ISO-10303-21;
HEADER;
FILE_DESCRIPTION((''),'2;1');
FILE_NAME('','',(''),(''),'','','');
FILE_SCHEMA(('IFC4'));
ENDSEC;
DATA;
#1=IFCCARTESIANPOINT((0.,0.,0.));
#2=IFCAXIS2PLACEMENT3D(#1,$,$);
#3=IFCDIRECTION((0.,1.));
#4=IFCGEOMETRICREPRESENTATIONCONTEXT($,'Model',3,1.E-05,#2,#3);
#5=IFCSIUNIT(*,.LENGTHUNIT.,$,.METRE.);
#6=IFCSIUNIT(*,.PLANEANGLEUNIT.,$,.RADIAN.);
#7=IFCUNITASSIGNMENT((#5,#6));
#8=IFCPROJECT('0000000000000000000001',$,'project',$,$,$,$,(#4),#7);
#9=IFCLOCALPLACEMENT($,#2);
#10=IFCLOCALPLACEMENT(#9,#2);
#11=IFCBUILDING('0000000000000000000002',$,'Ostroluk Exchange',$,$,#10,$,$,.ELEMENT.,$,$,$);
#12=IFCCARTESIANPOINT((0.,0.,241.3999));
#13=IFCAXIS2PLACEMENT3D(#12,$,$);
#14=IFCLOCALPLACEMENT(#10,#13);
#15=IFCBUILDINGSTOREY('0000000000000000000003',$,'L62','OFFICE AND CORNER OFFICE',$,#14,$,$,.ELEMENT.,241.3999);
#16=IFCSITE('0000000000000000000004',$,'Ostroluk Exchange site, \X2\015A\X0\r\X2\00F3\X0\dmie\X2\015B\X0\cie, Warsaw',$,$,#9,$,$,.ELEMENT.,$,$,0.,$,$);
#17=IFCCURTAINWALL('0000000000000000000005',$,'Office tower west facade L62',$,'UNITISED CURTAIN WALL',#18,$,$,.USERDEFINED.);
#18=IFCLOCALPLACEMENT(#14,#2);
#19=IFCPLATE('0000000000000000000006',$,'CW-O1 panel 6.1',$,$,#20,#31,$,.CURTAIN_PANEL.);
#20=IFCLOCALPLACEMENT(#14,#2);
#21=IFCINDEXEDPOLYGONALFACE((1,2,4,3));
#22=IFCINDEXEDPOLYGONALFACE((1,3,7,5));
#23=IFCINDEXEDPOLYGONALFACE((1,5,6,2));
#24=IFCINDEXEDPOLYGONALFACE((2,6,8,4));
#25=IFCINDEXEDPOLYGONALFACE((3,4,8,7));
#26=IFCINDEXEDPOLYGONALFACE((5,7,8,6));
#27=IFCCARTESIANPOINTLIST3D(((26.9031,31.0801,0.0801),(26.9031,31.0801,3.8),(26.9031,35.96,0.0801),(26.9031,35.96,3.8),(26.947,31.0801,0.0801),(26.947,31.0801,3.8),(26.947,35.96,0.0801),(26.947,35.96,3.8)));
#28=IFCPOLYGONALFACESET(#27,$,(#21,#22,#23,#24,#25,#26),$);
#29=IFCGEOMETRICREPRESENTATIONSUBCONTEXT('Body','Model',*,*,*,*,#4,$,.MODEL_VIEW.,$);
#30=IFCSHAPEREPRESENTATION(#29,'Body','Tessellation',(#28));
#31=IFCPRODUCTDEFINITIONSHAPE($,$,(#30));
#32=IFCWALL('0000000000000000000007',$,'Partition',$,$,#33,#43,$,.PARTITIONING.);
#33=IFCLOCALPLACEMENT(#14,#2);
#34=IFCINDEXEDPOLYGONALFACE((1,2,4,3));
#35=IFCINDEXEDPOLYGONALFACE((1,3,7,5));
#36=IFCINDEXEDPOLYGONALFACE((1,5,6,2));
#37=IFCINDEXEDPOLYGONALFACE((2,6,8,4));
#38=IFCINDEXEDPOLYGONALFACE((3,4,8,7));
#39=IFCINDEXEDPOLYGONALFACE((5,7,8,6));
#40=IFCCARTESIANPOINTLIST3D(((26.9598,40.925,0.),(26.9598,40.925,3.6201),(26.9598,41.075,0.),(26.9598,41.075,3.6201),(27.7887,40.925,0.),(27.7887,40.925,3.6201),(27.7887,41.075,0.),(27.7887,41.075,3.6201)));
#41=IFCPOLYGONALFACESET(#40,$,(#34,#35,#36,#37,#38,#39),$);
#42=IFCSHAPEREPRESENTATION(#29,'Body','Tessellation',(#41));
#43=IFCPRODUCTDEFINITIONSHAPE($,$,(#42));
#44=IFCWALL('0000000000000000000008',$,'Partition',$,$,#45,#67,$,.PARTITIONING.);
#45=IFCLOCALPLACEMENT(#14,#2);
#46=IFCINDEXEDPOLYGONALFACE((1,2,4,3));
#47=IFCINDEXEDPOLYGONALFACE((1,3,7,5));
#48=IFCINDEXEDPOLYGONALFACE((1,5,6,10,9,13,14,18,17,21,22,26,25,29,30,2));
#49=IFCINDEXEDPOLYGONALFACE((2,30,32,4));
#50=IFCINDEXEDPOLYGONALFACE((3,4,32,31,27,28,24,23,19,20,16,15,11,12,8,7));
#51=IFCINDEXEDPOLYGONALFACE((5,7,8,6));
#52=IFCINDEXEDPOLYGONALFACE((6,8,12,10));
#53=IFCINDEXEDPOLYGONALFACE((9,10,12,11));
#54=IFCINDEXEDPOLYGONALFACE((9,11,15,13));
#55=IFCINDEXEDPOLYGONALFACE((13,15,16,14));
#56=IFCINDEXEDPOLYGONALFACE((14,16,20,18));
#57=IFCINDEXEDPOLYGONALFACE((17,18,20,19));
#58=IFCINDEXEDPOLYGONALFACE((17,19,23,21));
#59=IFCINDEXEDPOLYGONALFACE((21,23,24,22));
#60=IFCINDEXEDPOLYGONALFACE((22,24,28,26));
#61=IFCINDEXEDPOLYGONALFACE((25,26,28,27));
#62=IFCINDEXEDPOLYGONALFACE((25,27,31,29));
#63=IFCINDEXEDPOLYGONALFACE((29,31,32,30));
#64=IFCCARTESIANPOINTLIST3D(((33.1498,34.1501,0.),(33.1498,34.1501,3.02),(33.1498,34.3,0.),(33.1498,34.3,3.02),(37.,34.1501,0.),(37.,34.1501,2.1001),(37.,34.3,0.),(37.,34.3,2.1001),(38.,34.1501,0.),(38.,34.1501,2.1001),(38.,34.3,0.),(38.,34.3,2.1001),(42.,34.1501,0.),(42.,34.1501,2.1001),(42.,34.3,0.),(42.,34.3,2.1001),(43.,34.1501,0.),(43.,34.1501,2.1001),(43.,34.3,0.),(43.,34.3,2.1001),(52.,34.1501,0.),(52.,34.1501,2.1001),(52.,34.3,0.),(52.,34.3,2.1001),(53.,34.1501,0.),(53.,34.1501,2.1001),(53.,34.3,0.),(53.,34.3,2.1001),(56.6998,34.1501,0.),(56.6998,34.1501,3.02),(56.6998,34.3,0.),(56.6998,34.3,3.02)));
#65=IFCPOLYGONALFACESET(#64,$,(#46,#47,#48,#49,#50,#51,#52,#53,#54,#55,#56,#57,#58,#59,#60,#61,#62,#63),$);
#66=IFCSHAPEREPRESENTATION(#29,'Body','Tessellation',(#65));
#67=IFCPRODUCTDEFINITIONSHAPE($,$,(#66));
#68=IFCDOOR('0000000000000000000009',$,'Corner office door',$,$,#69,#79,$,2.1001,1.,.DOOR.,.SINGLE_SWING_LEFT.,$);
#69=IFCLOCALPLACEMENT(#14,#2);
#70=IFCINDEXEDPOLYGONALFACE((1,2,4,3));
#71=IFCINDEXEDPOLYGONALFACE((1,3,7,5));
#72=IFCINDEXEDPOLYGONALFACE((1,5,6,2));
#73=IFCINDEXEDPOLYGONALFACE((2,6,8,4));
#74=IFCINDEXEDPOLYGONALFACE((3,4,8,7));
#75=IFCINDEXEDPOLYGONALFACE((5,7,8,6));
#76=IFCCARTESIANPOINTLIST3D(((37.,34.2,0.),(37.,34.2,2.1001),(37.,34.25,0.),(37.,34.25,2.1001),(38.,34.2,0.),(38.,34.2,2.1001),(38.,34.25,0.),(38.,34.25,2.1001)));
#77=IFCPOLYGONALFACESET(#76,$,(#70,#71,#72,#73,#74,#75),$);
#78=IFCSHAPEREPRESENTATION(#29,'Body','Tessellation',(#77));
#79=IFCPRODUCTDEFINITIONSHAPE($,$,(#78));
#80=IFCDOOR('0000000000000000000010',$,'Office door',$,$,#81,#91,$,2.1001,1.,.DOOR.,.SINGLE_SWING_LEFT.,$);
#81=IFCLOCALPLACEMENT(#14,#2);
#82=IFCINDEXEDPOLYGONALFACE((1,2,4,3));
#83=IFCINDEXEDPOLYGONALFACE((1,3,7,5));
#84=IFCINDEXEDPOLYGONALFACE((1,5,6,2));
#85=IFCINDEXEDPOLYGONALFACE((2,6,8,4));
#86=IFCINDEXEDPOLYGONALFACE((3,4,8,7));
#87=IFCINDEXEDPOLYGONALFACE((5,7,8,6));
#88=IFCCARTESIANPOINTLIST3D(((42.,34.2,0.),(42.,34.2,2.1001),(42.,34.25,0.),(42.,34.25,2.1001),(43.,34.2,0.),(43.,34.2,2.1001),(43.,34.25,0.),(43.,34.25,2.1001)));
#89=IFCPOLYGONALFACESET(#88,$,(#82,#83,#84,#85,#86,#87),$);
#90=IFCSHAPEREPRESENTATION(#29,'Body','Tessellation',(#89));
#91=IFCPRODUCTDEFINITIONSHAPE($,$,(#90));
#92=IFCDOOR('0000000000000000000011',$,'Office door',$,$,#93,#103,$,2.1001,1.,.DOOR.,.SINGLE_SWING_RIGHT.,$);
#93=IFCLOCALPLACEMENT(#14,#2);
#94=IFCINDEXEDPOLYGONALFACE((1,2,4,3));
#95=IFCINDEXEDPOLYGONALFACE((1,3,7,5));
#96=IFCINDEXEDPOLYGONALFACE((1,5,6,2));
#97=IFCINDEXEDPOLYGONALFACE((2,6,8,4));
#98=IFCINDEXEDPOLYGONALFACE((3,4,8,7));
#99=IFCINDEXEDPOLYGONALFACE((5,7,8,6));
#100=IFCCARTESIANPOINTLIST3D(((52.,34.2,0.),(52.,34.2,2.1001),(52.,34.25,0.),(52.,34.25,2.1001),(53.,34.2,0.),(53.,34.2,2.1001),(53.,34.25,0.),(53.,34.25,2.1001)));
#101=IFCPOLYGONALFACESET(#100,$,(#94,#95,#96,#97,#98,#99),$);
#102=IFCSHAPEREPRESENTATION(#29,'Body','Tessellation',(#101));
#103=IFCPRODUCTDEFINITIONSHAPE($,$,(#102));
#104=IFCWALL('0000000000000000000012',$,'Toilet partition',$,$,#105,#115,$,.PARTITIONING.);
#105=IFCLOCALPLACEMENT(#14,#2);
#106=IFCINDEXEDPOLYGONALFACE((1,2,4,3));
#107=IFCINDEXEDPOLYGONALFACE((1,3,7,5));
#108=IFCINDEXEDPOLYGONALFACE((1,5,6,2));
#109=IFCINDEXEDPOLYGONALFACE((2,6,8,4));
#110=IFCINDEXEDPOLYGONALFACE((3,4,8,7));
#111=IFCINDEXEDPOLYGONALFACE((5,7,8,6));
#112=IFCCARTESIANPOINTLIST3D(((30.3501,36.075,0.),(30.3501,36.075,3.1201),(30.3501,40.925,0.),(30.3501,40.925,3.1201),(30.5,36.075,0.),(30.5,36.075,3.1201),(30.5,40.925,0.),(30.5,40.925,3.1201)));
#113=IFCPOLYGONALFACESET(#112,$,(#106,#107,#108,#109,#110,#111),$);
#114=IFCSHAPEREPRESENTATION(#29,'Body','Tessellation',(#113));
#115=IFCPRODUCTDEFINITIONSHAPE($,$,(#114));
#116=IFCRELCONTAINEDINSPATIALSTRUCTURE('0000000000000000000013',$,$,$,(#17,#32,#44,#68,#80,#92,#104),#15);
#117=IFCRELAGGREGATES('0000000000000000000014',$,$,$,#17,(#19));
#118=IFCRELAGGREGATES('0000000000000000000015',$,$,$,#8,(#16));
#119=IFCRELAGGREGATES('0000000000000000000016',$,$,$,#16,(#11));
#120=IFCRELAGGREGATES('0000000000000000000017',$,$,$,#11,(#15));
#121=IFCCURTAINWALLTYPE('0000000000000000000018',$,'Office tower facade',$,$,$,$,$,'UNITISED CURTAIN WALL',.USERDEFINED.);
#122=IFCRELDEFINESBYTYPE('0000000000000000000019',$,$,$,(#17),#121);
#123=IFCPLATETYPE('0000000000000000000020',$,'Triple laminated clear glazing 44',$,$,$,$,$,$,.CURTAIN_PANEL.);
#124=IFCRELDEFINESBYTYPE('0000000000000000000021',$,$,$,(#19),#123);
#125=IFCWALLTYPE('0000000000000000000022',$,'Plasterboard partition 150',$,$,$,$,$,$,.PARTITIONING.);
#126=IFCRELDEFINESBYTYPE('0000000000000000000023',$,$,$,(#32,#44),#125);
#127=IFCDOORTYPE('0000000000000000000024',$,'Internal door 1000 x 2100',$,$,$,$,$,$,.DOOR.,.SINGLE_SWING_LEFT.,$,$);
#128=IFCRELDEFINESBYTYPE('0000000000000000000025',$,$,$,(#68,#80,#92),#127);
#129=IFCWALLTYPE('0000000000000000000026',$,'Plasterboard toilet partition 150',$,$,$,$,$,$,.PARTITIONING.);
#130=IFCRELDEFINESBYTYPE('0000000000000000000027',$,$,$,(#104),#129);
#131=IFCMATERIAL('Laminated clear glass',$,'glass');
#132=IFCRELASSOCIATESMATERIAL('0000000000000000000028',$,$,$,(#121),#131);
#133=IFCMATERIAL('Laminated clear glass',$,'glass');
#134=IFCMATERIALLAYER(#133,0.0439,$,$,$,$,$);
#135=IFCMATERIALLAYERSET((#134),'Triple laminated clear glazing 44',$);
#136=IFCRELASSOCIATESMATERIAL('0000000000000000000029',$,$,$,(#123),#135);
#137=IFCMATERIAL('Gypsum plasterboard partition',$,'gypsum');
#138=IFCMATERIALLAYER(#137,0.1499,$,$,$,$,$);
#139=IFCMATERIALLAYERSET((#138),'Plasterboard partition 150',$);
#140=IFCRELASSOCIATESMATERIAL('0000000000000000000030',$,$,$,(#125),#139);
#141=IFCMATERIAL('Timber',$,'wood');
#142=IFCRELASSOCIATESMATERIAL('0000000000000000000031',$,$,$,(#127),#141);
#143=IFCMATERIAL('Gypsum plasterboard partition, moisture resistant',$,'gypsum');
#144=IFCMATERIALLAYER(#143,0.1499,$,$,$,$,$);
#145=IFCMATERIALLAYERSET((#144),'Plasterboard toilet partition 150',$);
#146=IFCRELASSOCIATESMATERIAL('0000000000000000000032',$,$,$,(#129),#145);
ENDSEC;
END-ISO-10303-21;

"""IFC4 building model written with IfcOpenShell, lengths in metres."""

from ifc_helpers import new_model, si_unit, direction, frame, frame_2d, origin, origin_2d, place, context, subcontext, project, spatial, rectangle, extrude, material, layer, layer_set, type_object, element, fill, aggregate, save


model = new_model("IFC4")

# Units and contexts
model_context = context("Model", 3, precision=1e-05, world=origin(), true_north=direction((0.0, 1.0)))
body_context = subcontext(model_context, "Body", "Model", "MODEL_VIEW")
ifc_project = project(units=[si_unit("LENGTHUNIT", "METRE"), si_unit("PLANEANGLEUNIT", "RADIAN")], contexts=[model_context])

# Site, building, storey
site_placement = place(None, origin())
site = spatial("IfcSite", under=ifc_project, at=site_placement, Name="Ostroluk Exchange site, Śródmieście, Warsaw", CompositionType="ELEMENT", RefElevation=0.0)
building_placement = place(site_placement, origin())
building = spatial("IfcBuilding", under=site, at=building_placement, Name="Ostroluk Exchange", CompositionType="ELEMENT")
storey_placement = place(building_placement, frame((0.0, 0.0, 241.3999)))
storey = spatial("IfcBuildingStorey", under=building, at=storey_placement, Name="L62", Description="OFFICE AND CORNER OFFICE", CompositionType="ELEMENT", Elevation=241.3999)

# Curtain wall, plate
ifc_material_1 = material(Name="Laminated clear glass", Category="glass")
curtain_wall_type = type_object("IfcCurtainWallType", Name="Office tower facade", ElementType="UNITISED CURTAIN WALL", PredefinedType="USERDEFINED", material=ifc_material_1)
curtain_wall_placement = place(storey_placement, origin())
curtain_wall = element("IfcCurtainWall", 1, at=curtain_wall_placement, inside=storey, type_object=curtain_wall_type, Name="Office tower west facade L62", ObjectType="UNITISED CURTAIN WALL", PredefinedType="USERDEFINED")
ifc_material_2 = material(Name="Laminated clear glass", Category="glass")
ifc_layer_1 = layer(ifc_material_2, 0.0439)
ifc_layer_set_1 = layer_set([ifc_layer_1], Name="Triple laminated clear glazing 44")
plate_type = type_object("IfcPlateType", Name="Triple laminated clear glazing 44", PredefinedType="CURTAIN_PANEL", material=ifc_layer_set_1)
plate_1_placement = place(storey_placement, frame((26.925, 33.52, 0.0801), z_axis=(0.0, 0.0, 1.0), x_axis=(0.0, -1.0, 0.0)))
plate_1 = element("IfcPlate", 2, at=plate_1_placement, type_object=plate_type, Name="CW-O1 panel 6.1", PredefinedType="CURTAIN_PANEL", context=body_context, shape_type="SweptSolid", body=[
    extrude(rectangle(XDim=4.8799, YDim=0.0439, at=origin_2d()), origin(), (0.0, 0.0, 1.0), 3.72),
])
aggregate(curtain_wall, [plate_1])

# Wall
ifc_material_3 = material(Name="Gypsum plasterboard partition", Category="gypsum")
ifc_layer_2 = layer(ifc_material_3, 0.1499)
ifc_layer_set_2 = layer_set([ifc_layer_2], Name="Plasterboard partition 150")
wall_type_1 = type_object("IfcWallType", Name="Plasterboard partition 150", PredefinedType="PARTITIONING", material=ifc_layer_set_2)
wall_1_placement = place(storey_placement, frame((27.7888, 41.0, 0.0), z_axis=(0.0, 0.0, 1.0), x_axis=(-1.0, 0.0, 0.0)))
element("IfcWall", 3, at=wall_1_placement, inside=storey, type_object=wall_type_1, Name="Partition", PredefinedType="PARTITIONING", context=body_context, shape_type="SweptSolid", body=[
    extrude(rectangle(XDim=0.8289, YDim=0.1499, at=frame_2d((0.4146, 0.0))), origin(), (0.0, 0.0, 1.0), 3.6201),
])

# Wall, openings, doors
wall_2_placement = place(storey_placement, frame((33.1499, 34.2251, 0.0), z_axis=(0.0, 0.0, 1.0), x_axis=(1.0, 0.0, 0.0)))
wall_2 = element("IfcWall", 4, at=wall_2_placement, inside=storey, type_object=wall_type_1, Name="Partition", PredefinedType="PARTITIONING", context=body_context, shape_type="SweptSolid", body=[
    extrude(rectangle(XDim=23.55, YDim=0.1499, at=frame_2d((11.7749, 0.0))), origin(), (0.0, 0.0, 1.0), 3.02),
])
opening_1_placement = place(wall_2_placement, frame((3.8501, 0.0, 0.0)))
opening_1 = element("IfcOpeningElement", 5, at=opening_1_placement, cuts=wall_2, PredefinedType="OPENING", context=body_context, shape_type="SweptSolid", body=[
    extrude(rectangle(XDim=1.0, YDim=2.1001, at=frame_2d((0.5, 1.05))), frame((0.0, 0.085, 0.0), z_axis=(0.0, -1.0, 0.0), x_axis=(1.0, 0.0, 0.0)), (0.0, 0.0, 1.0), 0.1699),
])
opening_2_placement = place(wall_2_placement, frame((8.8501, 0.0, 0.0)))
opening_2 = element("IfcOpeningElement", 6, at=opening_2_placement, cuts=wall_2, PredefinedType="OPENING", context=body_context, shape_type="SweptSolid", body=[
    extrude(rectangle(XDim=1.0, YDim=2.1001, at=frame_2d((0.5, 1.05))), frame((0.0, 0.085, 0.0), z_axis=(0.0, -1.0, 0.0), x_axis=(1.0, 0.0, 0.0)), (0.0, 0.0, 1.0), 0.1699),
])
opening_3_placement = place(wall_2_placement, frame((18.8501, 0.0, 0.0)))
opening_3 = element("IfcOpeningElement", 7, at=opening_3_placement, cuts=wall_2, PredefinedType="OPENING", context=body_context, shape_type="SweptSolid", body=[
    extrude(rectangle(XDim=1.0, YDim=2.1001, at=frame_2d((0.5, 1.05))), frame((0.0, 0.085, 0.0), z_axis=(0.0, -1.0, 0.0), x_axis=(1.0, 0.0, 0.0)), (0.0, 0.0, 1.0), 0.1699),
])
ifc_material_4 = material(Name="Timber", Category="wood")
door_type = type_object("IfcDoorType", Name="Internal door 1000 x 2100", OperationType="SINGLE_SWING_LEFT", PredefinedType="DOOR", material=ifc_material_4)
door_1_placement = place(opening_1_placement, origin())
door_1 = element("IfcDoor", 8, at=door_1_placement, inside=storey, type_object=door_type, Name="Corner office door", OperationType="SINGLE_SWING_LEFT", OverallHeight=2.1001, OverallWidth=1.0, PredefinedType="DOOR", context=body_context, shape_type="SweptSolid", body=[
    extrude(rectangle(XDim=1.0, YDim=2.1001, at=frame_2d((0.5, 1.05))), frame((0.0, 0.0249, 0.0), z_axis=(0.0, -1.0, 0.0), x_axis=(1.0, 0.0, 0.0)), (0.0, 0.0, 1.0), 0.05),
])
fill(opening_1, door_1)
door_2_placement = place(opening_2_placement, origin())
door_2 = element("IfcDoor", 9, at=door_2_placement, inside=storey, type_object=door_type, Name="Office door", OperationType="SINGLE_SWING_LEFT", OverallHeight=2.1001, OverallWidth=1.0, PredefinedType="DOOR", context=body_context, shape_type="SweptSolid", body=[
    extrude(rectangle(XDim=1.0, YDim=2.1001, at=frame_2d((0.5, 1.05))), frame((0.0, 0.0249, 0.0), z_axis=(0.0, -1.0, 0.0), x_axis=(1.0, 0.0, 0.0)), (0.0, 0.0, 1.0), 0.05),
])
fill(opening_2, door_2)
door_3_placement = place(opening_3_placement, origin())
door_3 = element("IfcDoor", 10, at=door_3_placement, inside=storey, type_object=door_type, Name="Office door", OperationType="SINGLE_SWING_RIGHT", OverallHeight=2.1001, OverallWidth=1.0, PredefinedType="DOOR", context=body_context, shape_type="SweptSolid", body=[
    extrude(rectangle(XDim=1.0, YDim=2.1001, at=frame_2d((0.5, 1.05))), frame((0.0, 0.0249, 0.0), z_axis=(0.0, -1.0, 0.0), x_axis=(1.0, 0.0, 0.0)), (0.0, 0.0, 1.0), 0.05),
])
fill(opening_3, door_3)

# Wall
ifc_material_5 = material(Name="Gypsum plasterboard partition, moisture resistant", Category="gypsum")
ifc_layer_3 = layer(ifc_material_5, 0.1499)
ifc_layer_set_3 = layer_set([ifc_layer_3], Name="Plasterboard toilet partition 150")
wall_type_2 = type_object("IfcWallType", Name="Plasterboard toilet partition 150", PredefinedType="PARTITIONING", material=ifc_layer_set_3)
wall_3_placement = place(storey_placement, frame((30.425, 40.925, 0.0), z_axis=(0.0, 0.0, 1.0), x_axis=(0.0, -1.0, 0.0)))
element("IfcWall", 11, at=wall_3_placement, inside=storey, type_object=wall_type_2, Name="Toilet partition", PredefinedType="PARTITIONING", context=body_context, shape_type="SweptSolid", body=[
    extrude(rectangle(XDim=4.8501, YDim=0.1499, at=frame_2d((2.425, 0.0))), origin(), (0.0, 0.0, 1.0), 3.1201),
])

save(model, "model.ifc")
